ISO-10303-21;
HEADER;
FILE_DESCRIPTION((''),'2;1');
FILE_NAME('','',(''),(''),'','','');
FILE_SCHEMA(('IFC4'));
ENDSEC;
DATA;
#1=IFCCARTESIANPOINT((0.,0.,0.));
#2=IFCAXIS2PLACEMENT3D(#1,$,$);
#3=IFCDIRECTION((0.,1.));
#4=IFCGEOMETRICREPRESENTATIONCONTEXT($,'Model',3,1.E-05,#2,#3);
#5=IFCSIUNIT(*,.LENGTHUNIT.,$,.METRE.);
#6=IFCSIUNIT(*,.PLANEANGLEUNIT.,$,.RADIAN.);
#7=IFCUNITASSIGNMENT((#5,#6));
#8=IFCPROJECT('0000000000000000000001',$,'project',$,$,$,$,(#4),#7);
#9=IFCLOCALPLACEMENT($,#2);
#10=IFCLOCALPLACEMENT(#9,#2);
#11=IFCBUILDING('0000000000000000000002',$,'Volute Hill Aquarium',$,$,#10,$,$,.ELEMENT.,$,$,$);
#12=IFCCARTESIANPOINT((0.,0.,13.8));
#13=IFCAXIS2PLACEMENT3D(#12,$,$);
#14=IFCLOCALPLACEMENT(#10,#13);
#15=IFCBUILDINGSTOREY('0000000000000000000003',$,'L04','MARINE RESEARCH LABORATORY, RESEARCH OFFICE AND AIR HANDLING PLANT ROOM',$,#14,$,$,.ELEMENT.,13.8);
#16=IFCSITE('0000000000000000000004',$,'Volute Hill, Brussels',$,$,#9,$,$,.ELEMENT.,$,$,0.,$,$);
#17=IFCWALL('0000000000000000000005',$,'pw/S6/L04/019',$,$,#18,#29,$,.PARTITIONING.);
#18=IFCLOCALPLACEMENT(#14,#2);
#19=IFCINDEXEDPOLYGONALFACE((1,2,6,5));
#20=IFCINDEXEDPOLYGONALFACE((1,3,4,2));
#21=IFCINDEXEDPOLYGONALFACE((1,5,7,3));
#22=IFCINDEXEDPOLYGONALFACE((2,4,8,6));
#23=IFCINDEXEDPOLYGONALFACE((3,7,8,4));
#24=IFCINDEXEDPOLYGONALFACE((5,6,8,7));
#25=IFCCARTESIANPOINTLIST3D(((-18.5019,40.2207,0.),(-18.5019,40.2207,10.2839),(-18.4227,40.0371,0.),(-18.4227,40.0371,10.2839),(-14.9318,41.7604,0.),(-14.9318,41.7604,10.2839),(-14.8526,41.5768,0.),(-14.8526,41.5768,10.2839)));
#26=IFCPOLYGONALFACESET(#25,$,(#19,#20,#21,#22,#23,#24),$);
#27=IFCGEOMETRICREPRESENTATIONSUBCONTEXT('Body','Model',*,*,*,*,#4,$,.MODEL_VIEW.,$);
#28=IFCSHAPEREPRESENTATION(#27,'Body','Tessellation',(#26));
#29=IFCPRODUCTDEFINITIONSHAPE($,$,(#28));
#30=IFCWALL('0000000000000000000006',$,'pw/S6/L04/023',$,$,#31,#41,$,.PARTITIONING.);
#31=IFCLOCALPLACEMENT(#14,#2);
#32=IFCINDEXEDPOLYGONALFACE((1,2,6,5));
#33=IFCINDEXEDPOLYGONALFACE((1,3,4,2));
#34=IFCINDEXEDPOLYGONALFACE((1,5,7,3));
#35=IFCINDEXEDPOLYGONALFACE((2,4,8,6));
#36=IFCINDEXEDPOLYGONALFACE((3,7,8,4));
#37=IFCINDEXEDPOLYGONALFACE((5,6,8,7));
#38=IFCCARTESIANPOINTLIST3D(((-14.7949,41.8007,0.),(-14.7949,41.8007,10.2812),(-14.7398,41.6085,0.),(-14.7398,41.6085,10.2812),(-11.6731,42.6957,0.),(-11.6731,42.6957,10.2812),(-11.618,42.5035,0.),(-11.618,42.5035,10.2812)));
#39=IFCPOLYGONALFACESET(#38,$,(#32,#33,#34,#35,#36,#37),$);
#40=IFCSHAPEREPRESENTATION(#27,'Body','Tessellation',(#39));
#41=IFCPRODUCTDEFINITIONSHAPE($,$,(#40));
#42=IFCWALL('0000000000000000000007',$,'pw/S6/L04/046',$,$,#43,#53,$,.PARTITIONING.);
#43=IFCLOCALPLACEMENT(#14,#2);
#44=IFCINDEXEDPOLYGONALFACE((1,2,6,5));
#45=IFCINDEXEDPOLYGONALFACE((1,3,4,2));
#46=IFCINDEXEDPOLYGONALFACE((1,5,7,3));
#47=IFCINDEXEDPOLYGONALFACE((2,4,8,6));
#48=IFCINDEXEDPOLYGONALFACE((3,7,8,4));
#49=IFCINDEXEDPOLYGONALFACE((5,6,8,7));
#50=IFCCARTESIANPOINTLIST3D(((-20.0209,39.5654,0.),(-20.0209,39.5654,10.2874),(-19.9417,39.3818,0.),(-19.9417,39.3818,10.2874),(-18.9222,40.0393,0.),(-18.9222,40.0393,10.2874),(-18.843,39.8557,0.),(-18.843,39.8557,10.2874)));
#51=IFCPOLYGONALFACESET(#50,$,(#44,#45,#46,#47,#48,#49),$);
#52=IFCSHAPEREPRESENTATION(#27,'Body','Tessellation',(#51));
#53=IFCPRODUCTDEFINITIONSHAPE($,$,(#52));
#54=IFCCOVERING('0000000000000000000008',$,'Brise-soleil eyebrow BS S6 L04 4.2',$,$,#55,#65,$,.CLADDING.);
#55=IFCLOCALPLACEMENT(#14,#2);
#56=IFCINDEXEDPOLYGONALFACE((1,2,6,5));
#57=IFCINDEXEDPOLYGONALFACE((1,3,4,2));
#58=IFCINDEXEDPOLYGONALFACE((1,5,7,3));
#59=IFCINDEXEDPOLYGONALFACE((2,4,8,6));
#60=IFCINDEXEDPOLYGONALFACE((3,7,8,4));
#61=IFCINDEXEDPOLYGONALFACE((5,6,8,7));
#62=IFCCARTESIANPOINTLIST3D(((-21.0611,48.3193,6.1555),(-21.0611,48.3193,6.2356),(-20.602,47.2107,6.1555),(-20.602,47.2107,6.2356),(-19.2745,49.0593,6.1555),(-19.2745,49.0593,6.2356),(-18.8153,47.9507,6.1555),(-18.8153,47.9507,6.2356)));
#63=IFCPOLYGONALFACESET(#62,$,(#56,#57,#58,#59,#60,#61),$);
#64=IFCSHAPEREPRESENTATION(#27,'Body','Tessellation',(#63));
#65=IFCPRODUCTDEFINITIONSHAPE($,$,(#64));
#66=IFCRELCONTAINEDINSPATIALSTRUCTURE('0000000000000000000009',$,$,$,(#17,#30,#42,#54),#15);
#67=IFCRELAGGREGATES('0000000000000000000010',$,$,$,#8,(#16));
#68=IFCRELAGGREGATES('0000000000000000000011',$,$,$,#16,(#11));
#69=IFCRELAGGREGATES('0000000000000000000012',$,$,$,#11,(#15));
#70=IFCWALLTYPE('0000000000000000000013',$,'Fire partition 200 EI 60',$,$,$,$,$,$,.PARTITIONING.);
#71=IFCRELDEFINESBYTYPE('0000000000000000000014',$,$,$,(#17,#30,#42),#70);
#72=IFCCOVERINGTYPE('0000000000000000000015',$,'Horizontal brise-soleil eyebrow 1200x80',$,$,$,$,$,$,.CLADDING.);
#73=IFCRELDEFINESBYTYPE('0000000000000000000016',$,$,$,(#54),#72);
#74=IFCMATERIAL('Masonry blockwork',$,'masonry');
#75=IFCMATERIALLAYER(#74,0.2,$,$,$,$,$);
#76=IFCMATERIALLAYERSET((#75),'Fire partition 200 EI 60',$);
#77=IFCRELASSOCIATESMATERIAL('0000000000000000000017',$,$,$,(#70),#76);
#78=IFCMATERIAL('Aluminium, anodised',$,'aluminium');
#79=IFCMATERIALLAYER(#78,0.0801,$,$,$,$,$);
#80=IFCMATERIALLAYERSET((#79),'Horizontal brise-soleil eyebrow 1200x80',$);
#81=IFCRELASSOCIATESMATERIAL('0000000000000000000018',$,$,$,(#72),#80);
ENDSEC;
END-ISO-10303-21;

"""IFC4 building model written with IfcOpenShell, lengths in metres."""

from ifc_helpers import new_model, si_unit, direction, frame, frame_2d, origin, origin_2d, place, context, subcontext, project, spatial, rectangle, extrude, material, layer, layer_set, type_object, element, save


model = new_model("IFC4")

# Units and contexts
model_context = context("Model", 3, precision=1e-05, world=origin(), true_north=direction((0.0, 1.0)))
body_context = subcontext(model_context, "Body", "Model", "MODEL_VIEW")
ifc_project = project(units=[si_unit("LENGTHUNIT", "METRE"), si_unit("PLANEANGLEUNIT", "RADIAN")], contexts=[model_context])

# Site, building, storey
site_placement = place(None, origin())
site = spatial("IfcSite", under=ifc_project, at=site_placement, Name="Volute Hill, Brussels", CompositionType="ELEMENT", RefElevation=0.0)
building_placement = place(site_placement, origin())
building = spatial("IfcBuilding", under=site, at=building_placement, Name="Volute Hill Aquarium", CompositionType="ELEMENT")
storey_placement = place(building_placement, frame((0.0, 0.0, 13.8)))
storey = spatial("IfcBuildingStorey", under=building, at=storey_placement, Name="L04", Description="MARINE RESEARCH LABORATORY, RESEARCH OFFICE AND AIR HANDLING PLANT ROOM", CompositionType="ELEMENT", Elevation=13.8)

# Walls
ifc_material_1 = material(Name="Masonry blockwork", Category="masonry")
ifc_layer_1 = layer(ifc_material_1, 0.2)
ifc_layer_set_1 = layer_set([ifc_layer_1], Name="Fire partition 200 EI 60")
wall_type = type_object("IfcWallType", Name="Fire partition 200 EI 60", PredefinedType="PARTITIONING", material=ifc_layer_set_1)
wall_1_placement = place(storey_placement, frame((-18.4622, 40.1289, 0.0), z_axis=(0.0, 0.0, 1.0), x_axis=(0.918233, 0.39604, 0.0)))
element("IfcWall", 1, at=wall_1_placement, inside=storey, type_object=wall_type, Name="pw/S6/L04/019", PredefinedType="PARTITIONING", context=body_context, shape_type="SweptSolid", body=[
    extrude(rectangle(XDim=3.8879, YDim=0.2, at=frame_2d((1.9438, 0.0))), origin(), (0.0, 0.0, 1.0), 10.2839),
])
wall_2_placement = place(storey_placement, frame((-14.7673, 41.7046, 0.0), z_axis=(0.0, 0.0, 1.0), x_axis=(0.961274, 0.275595, 0.0)))
element("IfcWall", 2, at=wall_2_placement, inside=storey, type_object=wall_type, Name="pw/S6/L04/023", PredefinedType="PARTITIONING", context=body_context, shape_type="SweptSolid", body=[
    extrude(rectangle(XDim=3.2476, YDim=0.2, at=frame_2d((1.6238, 0.0))), origin(), (0.0, 0.0, 1.0), 10.2812),
])
wall_3_placement = place(storey_placement, frame((-19.9812, 39.4736, 0.0), z_axis=(0.0, 0.0, 1.0), x_axis=(0.918224, 0.396061, 0.0)))
element("IfcWall", 3, at=wall_3_placement, inside=storey, type_object=wall_type, Name="pw/S6/L04/046", PredefinedType="PARTITIONING", context=body_context, shape_type="SweptSolid", body=[
    extrude(rectangle(XDim=1.1965, YDim=0.2, at=frame_2d((0.5981, 0.0))), origin(), (0.0, 0.0, 1.0), 10.2874),
])

# Covering
ifc_material_2 = material(Name="Aluminium, anodised", Category="aluminium")
ifc_layer_2 = layer(ifc_material_2, 0.0801)
ifc_layer_set_2 = layer_set([ifc_layer_2], Name="Horizontal brise-soleil eyebrow 1200x80")
covering_type = type_object("IfcCoveringType", Name="Horizontal brise-soleil eyebrow 1200x80", PredefinedType="CLADDING", material=ifc_layer_set_2)
covering_placement = place(storey_placement, frame((-19.9382, 48.135, 6.1555), z_axis=(0.0, 0.0, 1.0), x_axis=(-0.923881, -0.38268, 0.0)))
element("IfcCovering", 4, at=covering_placement, inside=storey, type_object=covering_type, Name="Brise-soleil eyebrow BS S6 L04 4.2", PredefinedType="CLADDING", context=body_context, shape_type="SweptSolid", body=[
    extrude(rectangle(XDim=1.9338, YDim=1.2, at=origin_2d()), origin(), (0.0, 0.0, 1.0), 0.0801),
])

save(model, "model.ifc")
